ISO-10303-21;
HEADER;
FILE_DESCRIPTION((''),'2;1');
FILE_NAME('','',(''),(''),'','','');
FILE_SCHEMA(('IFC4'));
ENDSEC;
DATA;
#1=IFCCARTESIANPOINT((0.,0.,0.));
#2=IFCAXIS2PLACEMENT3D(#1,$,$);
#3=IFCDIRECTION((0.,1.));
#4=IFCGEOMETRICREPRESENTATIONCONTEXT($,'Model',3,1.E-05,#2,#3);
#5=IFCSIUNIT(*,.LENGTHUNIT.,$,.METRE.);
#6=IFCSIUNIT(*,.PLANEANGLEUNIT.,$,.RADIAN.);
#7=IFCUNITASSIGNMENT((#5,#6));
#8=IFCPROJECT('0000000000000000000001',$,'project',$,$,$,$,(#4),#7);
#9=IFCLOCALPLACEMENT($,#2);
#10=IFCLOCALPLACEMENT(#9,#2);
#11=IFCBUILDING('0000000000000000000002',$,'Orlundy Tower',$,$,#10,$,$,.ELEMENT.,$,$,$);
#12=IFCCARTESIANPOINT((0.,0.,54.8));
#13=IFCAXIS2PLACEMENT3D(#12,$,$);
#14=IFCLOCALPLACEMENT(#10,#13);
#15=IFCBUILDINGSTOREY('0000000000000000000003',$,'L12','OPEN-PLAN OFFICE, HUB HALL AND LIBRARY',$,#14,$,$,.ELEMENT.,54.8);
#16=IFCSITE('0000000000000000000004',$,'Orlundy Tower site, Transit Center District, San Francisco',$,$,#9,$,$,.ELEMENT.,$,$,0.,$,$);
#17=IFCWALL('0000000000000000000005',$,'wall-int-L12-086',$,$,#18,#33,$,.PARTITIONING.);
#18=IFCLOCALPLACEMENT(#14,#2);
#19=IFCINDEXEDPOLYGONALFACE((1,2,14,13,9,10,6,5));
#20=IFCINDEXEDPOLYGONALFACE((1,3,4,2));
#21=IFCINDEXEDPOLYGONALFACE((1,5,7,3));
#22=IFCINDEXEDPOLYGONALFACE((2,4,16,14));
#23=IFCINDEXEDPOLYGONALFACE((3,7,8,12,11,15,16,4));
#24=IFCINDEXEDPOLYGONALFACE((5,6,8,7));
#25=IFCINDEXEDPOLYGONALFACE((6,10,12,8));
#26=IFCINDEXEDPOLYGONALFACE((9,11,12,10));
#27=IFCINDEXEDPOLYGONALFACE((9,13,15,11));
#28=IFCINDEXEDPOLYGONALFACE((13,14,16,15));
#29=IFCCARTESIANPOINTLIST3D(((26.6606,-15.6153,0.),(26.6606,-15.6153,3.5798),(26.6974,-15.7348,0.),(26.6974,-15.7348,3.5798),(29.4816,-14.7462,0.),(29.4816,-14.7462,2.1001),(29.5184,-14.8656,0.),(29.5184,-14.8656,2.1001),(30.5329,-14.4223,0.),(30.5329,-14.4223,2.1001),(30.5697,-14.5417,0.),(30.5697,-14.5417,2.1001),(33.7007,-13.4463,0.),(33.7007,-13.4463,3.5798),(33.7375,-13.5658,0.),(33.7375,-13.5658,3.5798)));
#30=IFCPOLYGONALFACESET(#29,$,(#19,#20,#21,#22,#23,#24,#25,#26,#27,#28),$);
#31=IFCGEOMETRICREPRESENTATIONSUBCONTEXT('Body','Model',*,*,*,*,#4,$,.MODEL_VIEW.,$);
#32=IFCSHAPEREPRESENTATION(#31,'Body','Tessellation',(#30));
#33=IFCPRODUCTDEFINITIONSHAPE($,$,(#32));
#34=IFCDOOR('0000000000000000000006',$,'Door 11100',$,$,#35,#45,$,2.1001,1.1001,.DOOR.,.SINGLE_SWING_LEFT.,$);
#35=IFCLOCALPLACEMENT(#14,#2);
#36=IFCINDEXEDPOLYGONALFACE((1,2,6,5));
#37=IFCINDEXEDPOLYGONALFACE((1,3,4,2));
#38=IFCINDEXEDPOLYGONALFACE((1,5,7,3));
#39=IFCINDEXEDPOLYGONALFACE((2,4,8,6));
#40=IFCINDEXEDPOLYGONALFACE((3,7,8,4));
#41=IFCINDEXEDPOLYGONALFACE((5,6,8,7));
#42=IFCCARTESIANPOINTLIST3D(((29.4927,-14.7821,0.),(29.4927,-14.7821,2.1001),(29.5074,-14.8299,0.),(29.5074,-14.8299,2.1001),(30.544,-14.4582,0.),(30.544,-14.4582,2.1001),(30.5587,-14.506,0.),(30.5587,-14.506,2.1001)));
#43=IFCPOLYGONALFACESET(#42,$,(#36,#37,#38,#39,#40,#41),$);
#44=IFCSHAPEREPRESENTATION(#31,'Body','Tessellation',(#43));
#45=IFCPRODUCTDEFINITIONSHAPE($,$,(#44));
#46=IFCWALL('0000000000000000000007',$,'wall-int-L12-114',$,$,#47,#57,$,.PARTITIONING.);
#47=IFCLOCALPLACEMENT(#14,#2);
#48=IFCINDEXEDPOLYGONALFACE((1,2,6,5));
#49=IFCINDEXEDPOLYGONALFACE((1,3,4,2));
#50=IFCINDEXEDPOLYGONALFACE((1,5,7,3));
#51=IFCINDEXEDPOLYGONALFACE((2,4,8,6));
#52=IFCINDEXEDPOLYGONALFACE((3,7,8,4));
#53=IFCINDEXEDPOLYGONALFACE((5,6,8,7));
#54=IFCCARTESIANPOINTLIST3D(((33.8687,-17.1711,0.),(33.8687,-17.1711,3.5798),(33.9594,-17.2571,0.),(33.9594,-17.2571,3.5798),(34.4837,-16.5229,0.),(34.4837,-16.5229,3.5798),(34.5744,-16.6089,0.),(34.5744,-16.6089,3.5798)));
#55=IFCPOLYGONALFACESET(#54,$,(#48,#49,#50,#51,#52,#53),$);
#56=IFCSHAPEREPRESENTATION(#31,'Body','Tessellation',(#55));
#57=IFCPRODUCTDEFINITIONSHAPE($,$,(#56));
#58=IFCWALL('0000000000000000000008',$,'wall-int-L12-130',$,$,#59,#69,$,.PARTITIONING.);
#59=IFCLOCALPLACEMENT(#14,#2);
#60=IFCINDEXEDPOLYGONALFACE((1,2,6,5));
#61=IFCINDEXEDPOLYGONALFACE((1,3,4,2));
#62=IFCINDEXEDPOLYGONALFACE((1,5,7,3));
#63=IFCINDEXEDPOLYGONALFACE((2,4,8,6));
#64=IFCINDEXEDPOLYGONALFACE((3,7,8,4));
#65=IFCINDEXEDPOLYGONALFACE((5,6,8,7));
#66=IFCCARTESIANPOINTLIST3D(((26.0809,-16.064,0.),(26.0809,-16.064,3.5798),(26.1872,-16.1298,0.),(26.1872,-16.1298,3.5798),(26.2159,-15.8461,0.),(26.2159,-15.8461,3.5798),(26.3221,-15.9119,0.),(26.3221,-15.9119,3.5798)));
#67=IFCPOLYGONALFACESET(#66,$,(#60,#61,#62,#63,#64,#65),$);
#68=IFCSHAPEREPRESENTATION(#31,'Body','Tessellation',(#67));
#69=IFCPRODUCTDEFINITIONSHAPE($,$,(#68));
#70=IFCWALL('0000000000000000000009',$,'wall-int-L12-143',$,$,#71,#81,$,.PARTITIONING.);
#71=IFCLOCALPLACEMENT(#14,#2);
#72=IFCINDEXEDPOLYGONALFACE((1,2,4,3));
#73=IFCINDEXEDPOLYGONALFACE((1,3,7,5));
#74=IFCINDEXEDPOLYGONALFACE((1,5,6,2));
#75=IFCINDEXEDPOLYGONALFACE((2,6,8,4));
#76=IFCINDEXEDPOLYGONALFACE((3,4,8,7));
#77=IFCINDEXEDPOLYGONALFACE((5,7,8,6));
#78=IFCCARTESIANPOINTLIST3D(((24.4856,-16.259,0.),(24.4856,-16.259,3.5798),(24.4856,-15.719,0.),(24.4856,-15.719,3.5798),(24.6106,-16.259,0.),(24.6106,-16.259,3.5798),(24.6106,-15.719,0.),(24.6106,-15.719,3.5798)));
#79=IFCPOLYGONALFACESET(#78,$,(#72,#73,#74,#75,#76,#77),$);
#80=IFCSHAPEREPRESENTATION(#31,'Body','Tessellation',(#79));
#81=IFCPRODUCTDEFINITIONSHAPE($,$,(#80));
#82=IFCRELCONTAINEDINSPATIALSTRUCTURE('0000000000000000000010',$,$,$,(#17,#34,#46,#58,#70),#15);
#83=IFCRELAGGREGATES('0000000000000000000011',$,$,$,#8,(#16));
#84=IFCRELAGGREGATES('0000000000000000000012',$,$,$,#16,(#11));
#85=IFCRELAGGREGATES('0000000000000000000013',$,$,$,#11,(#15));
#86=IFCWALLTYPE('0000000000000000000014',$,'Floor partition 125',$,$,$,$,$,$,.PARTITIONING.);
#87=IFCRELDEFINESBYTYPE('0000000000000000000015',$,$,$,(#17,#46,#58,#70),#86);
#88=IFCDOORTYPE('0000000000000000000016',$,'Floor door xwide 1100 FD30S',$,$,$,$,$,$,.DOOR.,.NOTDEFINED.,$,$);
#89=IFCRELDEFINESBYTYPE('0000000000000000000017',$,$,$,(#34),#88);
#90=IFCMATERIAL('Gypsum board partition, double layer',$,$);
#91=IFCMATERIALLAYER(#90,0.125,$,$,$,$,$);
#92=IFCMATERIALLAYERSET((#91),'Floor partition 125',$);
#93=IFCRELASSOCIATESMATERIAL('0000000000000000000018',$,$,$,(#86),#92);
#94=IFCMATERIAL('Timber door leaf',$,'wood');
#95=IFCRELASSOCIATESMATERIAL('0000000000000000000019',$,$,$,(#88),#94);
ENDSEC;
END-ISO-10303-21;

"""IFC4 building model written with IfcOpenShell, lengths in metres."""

from ifc_helpers import new_model, si_unit, direction, frame, frame_2d, origin, place, context, subcontext, project, spatial, rectangle, extrude, material, layer, layer_set, type_object, element, fill, save


model = new_model("IFC4")

# Units and contexts
model_context = context("Model", 3, precision=1e-05, world=origin(), true_north=direction((0.0, 1.0)))
body_context = subcontext(model_context, "Body", "Model", "MODEL_VIEW")
ifc_project = project(units=[si_unit("LENGTHUNIT", "METRE"), si_unit("PLANEANGLEUNIT", "RADIAN")], contexts=[model_context])

# Site, building, storey
site_placement = place(None, origin())
site = spatial("IfcSite", under=ifc_project, at=site_placement, Name="Orlundy Tower site, Transit Center District, San Francisco", CompositionType="ELEMENT", RefElevation=0.0)
building_placement = place(site_placement, origin())
building = spatial("IfcBuilding", under=site, at=building_placement, Name="Orlundy Tower", CompositionType="ELEMENT")
storey_placement = place(building_placement, frame((0.0, 0.0, 54.8)))
storey = spatial("IfcBuildingStorey", under=building, at=storey_placement, Name="L12", Description="OPEN-PLAN OFFICE, HUB HALL AND LIBRARY", CompositionType="ELEMENT", Elevation=54.8)

# Shared definitions
ifc_material_1 = material(Name="Gypsum board partition, double layer")
ifc_layer_1 = layer(ifc_material_1, 0.125)
ifc_layer_set_1 = layer_set([ifc_layer_1], Name="Floor partition 125")
wall_type_1 = type_object("IfcWallType", Name="Floor partition 125", PredefinedType="PARTITIONING", material=ifc_layer_set_1)

# Wall, opening, door
wall_1_placement = place(storey_placement, frame((26.679, -15.675, 0.0), z_axis=(0.0, 0.0, 1.0), x_axis=(0.955673, 0.294431, 0.0)))
wall_1 = element("IfcWall", 1, at=wall_1_placement, inside=storey, type_object=wall_type_1, Name="wall-int-L12-086", PredefinedType="PARTITIONING", context=body_context, shape_type="SweptSolid", body=[
    extrude(rectangle(XDim=7.3667, YDim=0.125, at=frame_2d((3.6833, 0.0))), origin(), (0.0, 0.0, 1.0), 3.5798),
])
opening_1_placement = place(wall_1_placement, frame((2.9519, 0.0, 0.0)))
opening_1 = element("IfcOpeningElement", 2, at=opening_1_placement, cuts=wall_1, PredefinedType="OPENING", context=body_context, shape_type="SweptSolid", body=[
    extrude(rectangle(XDim=1.1001, YDim=2.1001, at=frame_2d((0.55, 1.05))), frame((0.0, 0.0725, 0.0), z_axis=(0.0, -1.0, 0.0), x_axis=(1.0, 0.0, 0.0)), (0.0, 0.0, 1.0), 0.145),
])
ifc_material_2 = material(Name="Timber door leaf", Category="wood")
door_type_1 = type_object("IfcDoorType", Name="Floor door xwide 1100 FD30S", OperationType="NOTDEFINED", PredefinedType="DOOR", material=ifc_material_2)
door_1_placement = place(opening_1_placement, origin())
door_1 = element("IfcDoor", 3, at=door_1_placement, inside=storey, type_object=door_type_1, Name="Door 11100", OperationType="SINGLE_SWING_LEFT", OverallHeight=2.1001, OverallWidth=1.1001, PredefinedType="DOOR", context=body_context, shape_type="SweptSolid", body=[
    extrude(rectangle(XDim=1.1001, YDim=2.1001, at=frame_2d((0.55, 1.05))), frame((0.0, 0.0249, 0.0), z_axis=(0.0, -1.0, 0.0), x_axis=(1.0, 0.0, 0.0)), (0.0, 0.0, 1.0), 0.05),
])
fill(opening_1, door_1)

# Walls
wall_2_placement = place(storey_placement, frame((33.9141, -17.2141, 0.0), z_axis=(0.0, 0.0, 1.0), x_axis=(0.688283, 0.725443, 0.0)))
element("IfcWall", 4, at=wall_2_placement, inside=storey, type_object=wall_type_1, Name="wall-int-L12-114", PredefinedType="PARTITIONING", context=body_context, shape_type="SweptSolid", body=[
    extrude(rectangle(XDim=0.8936, YDim=0.125, at=frame_2d((0.4468, 0.0))), origin(), (0.0, 0.0, 1.0), 3.5798),
])
wall_3_placement = place(storey_placement, frame((26.134, -16.0969, 0.0), z_axis=(0.0, 0.0, 1.0), x_axis=(0.526486, 0.850184, 0.0)))
element("IfcWall", 5, at=wall_3_placement, inside=storey, type_object=wall_type_1, Name="wall-int-L12-130", PredefinedType="PARTITIONING", context=body_context, shape_type="SweptSolid", body=[
    extrude(rectangle(XDim=0.2563, YDim=0.125, at=frame_2d((0.1282, 0.0))), origin(), (0.0, 0.0, 1.0), 3.5798),
])
wall_4_placement = place(storey_placement, frame((24.5481, -16.259, 0.0), z_axis=(0.0, 0.0, 1.0), x_axis=(0.0, 1.0, 0.0)))
element("IfcWall", 6, at=wall_4_placement, inside=storey, type_object=wall_type_1, Name="wall-int-L12-143", PredefinedType="PARTITIONING", context=body_context, shape_type="SweptSolid", body=[
    extrude(rectangle(XDim=0.54, YDim=0.125, at=frame_2d((0.27, 0.0))), origin(), (0.0, 0.0, 1.0), 3.5798),
])

save(model, "model.ifc")
